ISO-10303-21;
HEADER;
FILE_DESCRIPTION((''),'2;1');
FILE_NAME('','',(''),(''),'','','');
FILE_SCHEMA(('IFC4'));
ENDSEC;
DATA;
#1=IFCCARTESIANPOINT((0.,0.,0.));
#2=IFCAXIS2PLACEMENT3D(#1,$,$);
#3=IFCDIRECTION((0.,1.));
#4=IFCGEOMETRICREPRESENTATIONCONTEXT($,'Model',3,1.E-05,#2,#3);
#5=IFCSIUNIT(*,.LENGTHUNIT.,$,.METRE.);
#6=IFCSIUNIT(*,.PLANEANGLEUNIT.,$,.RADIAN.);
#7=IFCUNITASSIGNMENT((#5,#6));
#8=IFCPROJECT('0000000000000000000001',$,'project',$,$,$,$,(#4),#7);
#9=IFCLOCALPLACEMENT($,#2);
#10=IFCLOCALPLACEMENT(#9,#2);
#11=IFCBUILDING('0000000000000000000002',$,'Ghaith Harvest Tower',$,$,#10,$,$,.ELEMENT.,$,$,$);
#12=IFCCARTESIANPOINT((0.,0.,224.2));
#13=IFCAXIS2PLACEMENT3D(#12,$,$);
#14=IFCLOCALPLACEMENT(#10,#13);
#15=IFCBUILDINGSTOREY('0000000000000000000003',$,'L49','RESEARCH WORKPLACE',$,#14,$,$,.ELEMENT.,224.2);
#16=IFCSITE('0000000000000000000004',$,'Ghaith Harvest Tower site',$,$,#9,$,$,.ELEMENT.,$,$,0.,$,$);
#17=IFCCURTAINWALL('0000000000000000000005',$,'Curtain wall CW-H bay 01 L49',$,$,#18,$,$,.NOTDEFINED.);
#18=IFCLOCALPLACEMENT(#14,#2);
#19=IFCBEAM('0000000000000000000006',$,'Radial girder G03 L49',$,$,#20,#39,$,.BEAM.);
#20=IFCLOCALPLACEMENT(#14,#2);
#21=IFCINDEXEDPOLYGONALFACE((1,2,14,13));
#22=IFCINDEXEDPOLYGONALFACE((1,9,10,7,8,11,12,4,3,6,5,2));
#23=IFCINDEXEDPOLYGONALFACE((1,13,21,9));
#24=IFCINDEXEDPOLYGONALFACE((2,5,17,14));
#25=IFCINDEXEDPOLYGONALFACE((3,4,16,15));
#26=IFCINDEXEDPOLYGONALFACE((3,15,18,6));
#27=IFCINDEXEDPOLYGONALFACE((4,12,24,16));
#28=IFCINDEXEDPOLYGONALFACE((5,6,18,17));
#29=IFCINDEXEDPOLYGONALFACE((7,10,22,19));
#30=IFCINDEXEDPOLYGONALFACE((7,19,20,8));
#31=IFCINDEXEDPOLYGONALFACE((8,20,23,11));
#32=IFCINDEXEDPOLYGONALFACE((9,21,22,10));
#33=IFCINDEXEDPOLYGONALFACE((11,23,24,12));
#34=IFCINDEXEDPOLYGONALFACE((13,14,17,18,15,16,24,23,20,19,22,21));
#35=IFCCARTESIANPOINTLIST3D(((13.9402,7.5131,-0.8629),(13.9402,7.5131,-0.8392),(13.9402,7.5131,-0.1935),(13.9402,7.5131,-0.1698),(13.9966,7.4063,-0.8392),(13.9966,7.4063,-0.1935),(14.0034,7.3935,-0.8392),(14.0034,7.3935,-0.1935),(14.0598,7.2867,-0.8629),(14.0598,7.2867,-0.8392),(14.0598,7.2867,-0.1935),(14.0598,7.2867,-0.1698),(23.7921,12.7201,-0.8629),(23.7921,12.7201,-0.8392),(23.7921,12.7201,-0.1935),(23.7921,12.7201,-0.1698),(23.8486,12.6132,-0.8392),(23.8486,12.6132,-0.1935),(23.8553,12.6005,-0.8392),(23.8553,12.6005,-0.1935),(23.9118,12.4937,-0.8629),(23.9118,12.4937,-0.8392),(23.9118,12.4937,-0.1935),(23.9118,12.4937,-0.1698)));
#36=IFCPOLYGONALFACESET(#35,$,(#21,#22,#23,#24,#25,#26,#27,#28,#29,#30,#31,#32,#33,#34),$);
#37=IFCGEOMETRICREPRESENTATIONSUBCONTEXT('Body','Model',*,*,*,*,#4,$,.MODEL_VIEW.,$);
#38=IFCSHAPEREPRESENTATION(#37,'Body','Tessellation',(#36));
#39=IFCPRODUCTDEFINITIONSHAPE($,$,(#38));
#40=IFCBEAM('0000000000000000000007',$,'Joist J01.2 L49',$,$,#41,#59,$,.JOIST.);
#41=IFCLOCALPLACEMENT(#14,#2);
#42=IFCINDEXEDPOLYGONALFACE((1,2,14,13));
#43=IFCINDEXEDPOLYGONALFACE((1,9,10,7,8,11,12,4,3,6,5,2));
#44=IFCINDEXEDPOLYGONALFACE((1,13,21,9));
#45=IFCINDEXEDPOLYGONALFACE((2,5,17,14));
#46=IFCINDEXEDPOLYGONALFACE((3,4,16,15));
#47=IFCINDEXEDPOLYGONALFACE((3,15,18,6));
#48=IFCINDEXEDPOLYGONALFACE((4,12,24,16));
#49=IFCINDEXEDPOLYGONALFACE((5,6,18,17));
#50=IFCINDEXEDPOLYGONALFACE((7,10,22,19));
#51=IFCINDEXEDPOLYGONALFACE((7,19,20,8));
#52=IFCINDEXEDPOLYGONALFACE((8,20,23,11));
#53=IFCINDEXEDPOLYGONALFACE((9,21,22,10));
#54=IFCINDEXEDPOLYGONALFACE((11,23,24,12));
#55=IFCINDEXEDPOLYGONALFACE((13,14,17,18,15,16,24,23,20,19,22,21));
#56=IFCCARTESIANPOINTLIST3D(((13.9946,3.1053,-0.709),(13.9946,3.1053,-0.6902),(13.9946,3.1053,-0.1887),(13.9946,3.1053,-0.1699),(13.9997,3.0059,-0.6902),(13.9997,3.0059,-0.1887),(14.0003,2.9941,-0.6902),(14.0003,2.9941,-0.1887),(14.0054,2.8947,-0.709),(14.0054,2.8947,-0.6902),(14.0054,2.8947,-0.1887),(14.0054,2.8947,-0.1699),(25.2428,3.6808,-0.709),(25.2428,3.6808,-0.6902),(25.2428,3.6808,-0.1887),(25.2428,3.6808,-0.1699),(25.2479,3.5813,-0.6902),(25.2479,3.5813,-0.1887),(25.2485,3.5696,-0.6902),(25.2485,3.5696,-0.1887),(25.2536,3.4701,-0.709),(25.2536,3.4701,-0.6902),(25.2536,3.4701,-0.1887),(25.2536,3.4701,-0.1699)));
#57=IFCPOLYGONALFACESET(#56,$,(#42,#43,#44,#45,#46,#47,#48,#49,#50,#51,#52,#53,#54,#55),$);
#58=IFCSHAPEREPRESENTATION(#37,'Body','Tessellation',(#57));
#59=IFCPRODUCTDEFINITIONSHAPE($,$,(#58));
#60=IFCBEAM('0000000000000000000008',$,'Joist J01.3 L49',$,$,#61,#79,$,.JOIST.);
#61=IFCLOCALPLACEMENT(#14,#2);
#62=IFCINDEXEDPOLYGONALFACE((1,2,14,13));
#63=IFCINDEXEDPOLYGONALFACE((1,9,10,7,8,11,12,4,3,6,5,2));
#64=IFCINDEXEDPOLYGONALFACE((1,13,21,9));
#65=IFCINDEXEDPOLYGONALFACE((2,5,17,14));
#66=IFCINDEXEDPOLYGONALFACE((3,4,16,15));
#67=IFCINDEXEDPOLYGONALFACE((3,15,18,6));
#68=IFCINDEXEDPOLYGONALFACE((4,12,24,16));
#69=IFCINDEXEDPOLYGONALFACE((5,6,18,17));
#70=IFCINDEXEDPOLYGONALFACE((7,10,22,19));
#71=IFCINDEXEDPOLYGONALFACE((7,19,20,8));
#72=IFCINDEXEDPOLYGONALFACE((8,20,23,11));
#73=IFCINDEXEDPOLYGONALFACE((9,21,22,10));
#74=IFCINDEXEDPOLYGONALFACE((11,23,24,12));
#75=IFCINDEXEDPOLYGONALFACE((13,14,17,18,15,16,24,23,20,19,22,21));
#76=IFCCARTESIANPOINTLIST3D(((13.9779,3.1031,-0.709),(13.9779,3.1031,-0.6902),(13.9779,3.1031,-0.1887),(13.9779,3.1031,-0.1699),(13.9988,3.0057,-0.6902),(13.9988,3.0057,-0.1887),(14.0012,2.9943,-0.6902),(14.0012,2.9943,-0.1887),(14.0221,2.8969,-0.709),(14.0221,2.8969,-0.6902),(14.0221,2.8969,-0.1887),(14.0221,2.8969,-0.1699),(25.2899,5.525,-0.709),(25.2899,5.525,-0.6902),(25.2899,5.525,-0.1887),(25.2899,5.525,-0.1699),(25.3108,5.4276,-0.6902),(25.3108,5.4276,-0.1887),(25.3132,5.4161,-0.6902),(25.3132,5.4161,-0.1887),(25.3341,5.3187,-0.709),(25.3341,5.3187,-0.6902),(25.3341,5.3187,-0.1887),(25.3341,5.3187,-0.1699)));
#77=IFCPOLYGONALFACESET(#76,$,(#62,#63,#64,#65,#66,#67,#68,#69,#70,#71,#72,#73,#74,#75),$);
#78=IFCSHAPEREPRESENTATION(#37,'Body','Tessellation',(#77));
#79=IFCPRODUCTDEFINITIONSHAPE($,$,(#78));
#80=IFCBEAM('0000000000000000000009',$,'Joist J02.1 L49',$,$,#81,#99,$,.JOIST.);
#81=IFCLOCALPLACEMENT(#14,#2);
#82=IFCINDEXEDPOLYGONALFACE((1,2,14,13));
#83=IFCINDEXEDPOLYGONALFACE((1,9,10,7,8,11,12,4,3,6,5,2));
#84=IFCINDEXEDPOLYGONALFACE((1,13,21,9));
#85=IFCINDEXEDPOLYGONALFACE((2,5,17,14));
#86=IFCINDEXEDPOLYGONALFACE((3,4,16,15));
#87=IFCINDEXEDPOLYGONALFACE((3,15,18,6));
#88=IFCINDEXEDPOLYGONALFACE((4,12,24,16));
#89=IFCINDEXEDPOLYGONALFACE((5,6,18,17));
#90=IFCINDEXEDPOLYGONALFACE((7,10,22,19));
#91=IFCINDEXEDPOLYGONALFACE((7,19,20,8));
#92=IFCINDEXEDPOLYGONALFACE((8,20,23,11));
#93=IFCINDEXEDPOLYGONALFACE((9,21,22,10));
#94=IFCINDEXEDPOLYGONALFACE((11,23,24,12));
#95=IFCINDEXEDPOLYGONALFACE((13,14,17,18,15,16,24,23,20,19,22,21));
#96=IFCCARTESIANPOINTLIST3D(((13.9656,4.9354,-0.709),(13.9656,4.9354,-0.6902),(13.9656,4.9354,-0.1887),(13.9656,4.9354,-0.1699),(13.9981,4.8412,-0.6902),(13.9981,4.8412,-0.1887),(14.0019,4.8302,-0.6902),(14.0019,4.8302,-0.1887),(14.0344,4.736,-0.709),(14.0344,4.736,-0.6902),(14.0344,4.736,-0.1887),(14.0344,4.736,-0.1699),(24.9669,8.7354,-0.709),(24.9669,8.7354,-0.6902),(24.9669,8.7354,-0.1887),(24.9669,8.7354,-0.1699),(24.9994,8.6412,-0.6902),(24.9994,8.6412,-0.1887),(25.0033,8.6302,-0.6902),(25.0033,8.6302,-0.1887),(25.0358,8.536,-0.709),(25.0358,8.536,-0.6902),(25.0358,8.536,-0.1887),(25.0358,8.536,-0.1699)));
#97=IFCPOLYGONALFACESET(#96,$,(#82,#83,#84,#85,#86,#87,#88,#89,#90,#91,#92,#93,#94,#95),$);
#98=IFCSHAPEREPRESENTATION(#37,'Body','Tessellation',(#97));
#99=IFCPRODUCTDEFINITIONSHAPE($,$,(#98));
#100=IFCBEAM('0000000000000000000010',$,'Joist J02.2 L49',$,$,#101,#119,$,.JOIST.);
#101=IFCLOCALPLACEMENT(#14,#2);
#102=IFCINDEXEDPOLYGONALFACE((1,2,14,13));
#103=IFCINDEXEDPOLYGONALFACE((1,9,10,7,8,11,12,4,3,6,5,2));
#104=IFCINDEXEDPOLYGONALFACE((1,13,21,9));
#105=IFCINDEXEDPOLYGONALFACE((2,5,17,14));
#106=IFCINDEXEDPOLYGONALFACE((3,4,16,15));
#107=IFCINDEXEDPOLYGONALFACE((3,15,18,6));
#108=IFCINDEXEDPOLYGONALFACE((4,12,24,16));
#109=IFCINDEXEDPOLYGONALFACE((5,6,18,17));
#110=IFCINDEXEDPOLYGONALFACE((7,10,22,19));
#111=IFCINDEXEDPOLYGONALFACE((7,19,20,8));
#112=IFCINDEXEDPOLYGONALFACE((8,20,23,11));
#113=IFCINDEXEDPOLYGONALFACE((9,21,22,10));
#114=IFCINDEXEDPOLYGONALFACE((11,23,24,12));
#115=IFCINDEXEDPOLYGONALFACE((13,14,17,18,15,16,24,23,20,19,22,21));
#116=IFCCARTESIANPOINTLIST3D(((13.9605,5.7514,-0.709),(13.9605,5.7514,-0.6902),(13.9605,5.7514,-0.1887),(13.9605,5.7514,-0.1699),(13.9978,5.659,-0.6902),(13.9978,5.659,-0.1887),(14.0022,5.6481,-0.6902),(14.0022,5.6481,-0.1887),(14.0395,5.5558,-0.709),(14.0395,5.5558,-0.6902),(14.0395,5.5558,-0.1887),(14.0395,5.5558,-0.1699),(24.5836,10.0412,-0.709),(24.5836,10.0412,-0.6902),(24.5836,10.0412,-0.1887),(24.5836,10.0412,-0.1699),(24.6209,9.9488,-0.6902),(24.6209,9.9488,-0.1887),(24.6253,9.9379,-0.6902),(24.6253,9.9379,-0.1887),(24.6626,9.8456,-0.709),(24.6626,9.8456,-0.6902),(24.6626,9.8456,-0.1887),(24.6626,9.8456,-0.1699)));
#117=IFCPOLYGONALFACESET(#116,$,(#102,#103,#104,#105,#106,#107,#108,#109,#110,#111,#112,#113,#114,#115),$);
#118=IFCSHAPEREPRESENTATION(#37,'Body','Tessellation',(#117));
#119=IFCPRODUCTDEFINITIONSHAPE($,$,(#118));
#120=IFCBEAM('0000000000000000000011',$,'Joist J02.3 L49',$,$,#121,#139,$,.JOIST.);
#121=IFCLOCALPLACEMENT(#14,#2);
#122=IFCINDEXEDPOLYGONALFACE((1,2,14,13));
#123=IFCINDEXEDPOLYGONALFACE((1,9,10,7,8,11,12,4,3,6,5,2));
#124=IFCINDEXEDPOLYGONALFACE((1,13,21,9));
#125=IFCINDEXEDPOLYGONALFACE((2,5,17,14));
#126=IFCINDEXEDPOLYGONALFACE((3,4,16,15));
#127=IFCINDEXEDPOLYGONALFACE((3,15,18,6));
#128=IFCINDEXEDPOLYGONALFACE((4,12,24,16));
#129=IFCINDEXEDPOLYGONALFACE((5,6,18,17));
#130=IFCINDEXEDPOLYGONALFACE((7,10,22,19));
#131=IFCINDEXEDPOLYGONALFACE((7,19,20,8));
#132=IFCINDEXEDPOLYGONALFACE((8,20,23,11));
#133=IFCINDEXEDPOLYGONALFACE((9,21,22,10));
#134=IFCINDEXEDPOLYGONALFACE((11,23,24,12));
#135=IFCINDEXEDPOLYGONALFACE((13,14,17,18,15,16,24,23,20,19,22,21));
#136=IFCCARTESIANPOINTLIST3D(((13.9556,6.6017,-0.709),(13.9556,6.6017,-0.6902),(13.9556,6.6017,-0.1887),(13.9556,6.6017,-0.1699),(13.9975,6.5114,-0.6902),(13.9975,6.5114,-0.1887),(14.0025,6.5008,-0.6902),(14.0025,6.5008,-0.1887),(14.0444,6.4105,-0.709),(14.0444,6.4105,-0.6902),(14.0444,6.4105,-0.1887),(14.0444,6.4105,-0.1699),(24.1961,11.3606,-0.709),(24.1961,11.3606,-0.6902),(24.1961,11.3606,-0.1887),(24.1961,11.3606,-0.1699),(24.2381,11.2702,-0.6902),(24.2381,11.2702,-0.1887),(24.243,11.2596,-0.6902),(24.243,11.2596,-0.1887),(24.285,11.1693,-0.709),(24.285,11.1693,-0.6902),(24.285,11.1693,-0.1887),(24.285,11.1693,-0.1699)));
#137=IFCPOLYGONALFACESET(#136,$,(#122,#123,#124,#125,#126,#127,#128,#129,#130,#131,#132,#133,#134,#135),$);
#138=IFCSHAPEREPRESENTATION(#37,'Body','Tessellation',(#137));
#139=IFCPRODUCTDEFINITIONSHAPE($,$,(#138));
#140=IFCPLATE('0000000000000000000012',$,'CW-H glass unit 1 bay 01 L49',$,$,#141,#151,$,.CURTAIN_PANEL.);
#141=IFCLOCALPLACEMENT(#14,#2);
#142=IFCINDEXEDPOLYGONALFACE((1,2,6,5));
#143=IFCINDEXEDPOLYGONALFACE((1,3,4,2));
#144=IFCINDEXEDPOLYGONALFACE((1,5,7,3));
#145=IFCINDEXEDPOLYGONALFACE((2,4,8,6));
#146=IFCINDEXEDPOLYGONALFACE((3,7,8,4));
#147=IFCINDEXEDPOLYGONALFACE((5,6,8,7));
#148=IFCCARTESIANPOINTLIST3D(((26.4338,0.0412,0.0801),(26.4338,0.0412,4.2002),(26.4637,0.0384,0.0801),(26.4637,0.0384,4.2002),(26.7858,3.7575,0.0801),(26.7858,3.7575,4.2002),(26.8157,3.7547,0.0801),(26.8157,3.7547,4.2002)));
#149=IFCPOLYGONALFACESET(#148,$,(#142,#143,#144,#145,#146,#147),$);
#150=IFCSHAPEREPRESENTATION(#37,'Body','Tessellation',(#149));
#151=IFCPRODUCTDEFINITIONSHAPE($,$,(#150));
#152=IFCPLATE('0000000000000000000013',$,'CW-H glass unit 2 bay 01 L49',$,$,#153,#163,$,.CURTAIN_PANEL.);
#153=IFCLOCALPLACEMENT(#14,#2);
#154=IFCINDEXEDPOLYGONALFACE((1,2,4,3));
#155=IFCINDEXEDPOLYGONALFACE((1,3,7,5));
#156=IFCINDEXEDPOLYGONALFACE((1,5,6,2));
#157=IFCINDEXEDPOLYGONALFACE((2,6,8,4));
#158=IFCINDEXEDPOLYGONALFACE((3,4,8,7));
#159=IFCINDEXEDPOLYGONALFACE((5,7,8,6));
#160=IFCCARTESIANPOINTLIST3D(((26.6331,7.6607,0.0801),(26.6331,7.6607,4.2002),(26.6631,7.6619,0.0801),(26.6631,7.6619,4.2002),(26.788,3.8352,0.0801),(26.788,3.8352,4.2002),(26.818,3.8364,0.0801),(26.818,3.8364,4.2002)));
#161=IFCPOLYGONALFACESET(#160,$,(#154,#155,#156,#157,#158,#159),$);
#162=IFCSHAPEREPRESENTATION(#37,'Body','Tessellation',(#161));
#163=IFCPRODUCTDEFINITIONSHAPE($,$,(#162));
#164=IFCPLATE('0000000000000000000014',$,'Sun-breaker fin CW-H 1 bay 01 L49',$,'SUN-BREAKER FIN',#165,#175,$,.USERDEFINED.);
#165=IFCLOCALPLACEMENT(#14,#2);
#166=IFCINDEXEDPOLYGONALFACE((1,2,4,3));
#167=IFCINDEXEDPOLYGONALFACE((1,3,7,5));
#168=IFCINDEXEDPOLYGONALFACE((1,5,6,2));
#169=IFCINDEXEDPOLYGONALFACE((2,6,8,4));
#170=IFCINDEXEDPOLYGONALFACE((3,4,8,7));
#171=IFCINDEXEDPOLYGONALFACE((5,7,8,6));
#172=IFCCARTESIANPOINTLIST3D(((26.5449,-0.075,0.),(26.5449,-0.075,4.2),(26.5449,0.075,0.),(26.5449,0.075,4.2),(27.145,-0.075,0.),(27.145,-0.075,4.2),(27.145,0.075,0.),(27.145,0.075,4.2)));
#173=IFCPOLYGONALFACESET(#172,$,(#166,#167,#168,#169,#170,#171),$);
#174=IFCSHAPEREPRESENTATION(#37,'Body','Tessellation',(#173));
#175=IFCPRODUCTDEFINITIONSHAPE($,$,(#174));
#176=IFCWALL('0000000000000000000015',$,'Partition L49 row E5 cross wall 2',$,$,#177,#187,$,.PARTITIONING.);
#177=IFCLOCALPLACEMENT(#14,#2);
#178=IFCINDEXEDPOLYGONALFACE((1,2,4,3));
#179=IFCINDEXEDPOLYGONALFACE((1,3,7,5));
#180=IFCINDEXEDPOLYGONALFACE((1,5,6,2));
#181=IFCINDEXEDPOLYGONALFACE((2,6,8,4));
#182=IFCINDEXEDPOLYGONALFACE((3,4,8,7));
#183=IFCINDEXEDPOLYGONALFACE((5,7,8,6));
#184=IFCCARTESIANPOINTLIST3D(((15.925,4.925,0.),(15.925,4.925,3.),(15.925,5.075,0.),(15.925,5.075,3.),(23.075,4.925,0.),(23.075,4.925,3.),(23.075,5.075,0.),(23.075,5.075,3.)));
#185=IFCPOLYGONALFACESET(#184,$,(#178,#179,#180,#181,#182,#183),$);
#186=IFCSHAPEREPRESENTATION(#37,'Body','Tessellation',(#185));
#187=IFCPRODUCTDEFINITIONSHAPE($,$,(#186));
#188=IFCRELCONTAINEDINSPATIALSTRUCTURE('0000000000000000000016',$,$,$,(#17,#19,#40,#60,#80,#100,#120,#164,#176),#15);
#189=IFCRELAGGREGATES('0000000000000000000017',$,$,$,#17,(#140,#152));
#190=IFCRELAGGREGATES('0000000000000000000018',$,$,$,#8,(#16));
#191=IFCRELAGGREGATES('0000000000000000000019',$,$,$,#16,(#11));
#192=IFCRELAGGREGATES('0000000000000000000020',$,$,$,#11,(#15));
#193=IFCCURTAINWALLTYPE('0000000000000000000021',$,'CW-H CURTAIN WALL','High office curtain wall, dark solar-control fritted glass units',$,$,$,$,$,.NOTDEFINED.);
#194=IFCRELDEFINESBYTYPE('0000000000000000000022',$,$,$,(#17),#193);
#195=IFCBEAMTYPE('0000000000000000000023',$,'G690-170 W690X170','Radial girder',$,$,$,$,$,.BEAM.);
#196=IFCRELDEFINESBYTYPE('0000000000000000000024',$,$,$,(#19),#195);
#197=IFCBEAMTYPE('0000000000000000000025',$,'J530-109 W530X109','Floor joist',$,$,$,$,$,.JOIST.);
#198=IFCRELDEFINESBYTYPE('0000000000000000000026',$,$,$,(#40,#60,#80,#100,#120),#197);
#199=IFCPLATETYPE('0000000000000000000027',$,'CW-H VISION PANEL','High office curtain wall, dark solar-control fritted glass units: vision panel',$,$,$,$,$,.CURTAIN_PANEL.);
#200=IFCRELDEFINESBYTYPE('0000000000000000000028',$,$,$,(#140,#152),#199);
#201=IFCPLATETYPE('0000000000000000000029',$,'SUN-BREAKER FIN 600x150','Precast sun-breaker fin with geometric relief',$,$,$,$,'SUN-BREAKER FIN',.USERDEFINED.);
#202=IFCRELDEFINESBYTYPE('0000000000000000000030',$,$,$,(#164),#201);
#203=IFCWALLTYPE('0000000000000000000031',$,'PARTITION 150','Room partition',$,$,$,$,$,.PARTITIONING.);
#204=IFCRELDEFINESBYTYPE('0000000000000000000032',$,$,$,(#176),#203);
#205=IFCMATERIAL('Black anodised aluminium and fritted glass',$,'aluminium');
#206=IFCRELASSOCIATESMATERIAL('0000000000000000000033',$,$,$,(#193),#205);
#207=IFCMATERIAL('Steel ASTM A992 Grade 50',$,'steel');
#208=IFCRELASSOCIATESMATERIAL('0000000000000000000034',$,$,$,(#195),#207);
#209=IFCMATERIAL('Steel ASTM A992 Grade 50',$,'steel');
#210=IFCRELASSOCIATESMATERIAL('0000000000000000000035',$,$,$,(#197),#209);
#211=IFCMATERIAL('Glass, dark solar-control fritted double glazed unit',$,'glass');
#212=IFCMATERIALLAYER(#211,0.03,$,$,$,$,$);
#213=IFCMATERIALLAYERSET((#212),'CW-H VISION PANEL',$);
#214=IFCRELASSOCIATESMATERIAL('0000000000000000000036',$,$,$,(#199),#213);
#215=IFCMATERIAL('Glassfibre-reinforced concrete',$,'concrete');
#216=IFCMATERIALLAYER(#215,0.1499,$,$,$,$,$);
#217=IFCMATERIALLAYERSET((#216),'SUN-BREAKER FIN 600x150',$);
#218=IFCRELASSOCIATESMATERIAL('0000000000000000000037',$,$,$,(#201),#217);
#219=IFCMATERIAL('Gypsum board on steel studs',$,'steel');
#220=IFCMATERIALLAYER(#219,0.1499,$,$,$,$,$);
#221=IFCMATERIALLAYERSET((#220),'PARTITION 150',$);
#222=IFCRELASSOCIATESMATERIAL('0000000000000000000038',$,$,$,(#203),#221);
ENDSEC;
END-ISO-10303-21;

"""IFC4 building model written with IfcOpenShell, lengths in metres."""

from ifc_helpers import new_model, si_unit, direction, frame, frame_2d, origin, origin_2d, place, context, subcontext, project, spatial, rectangle, i_section, extrude, material, layer, layer_set, material_profile, profile_set, type_object, element, aggregate, save


model = new_model("IFC4")

# Units and contexts
model_context = context("Model", 3, precision=1e-05, world=origin(), true_north=direction((0.0, 1.0)))
body_context = subcontext(model_context, "Body", "Model", "MODEL_VIEW")
ifc_project = project(units=[si_unit("LENGTHUNIT", "METRE"), si_unit("PLANEANGLEUNIT", "RADIAN")], contexts=[model_context])

# Site, building, storey
site_placement = place(None, origin())
site = spatial("IfcSite", under=ifc_project, at=site_placement, Name="Ghaith Harvest Tower site", CompositionType="ELEMENT", RefElevation=0.0)
building_placement = place(site_placement, origin())
building = spatial("IfcBuilding", under=site, at=building_placement, Name="Ghaith Harvest Tower", CompositionType="ELEMENT")
storey_placement = place(building_placement, frame((0.0, 0.0, 224.2)))
storey = spatial("IfcBuildingStorey", under=building, at=storey_placement, Name="L49", Description="RESEARCH WORKPLACE", CompositionType="ELEMENT", Elevation=224.2)

# Curtain wall
ifc_material_1 = material(Name="Black anodised aluminium and fritted glass", Category="aluminium")
curtain_wall_type = type_object("IfcCurtainWallType", Name="CW-H CURTAIN WALL", Description="High office curtain wall, dark solar-control fritted glass units", PredefinedType="NOTDEFINED", material=ifc_material_1)
curtain_wall_1_placement = place(storey_placement, origin())
curtain_wall_1 = element("IfcCurtainWall", 1, at=curtain_wall_1_placement, inside=storey, type_object=curtain_wall_type, Name="Curtain wall CW-H bay 01 L49", PredefinedType="NOTDEFINED")

# Beams
ifc_material_2 = material(Name="Steel ASTM A992 Grade 50", Category="steel")
ifc_material_profile_1 = material_profile(ifc_material_2, i_section(OverallWidth=0.2561, OverallDepth=0.6931, WebThickness=0.0144, FlangeThickness=0.0237, at=origin_2d()), Name="W690X170")
ifc_profile_set_1 = profile_set([ifc_material_profile_1], Name="Steel ASTM A992 Grade 50")
beam_type_1 = type_object("IfcBeamType", Name="G690-170 W690X170", Description="Radial girder", PredefinedType="BEAM", material=ifc_profile_set_1)
beam_1_placement = place(storey_placement, frame((14.0, 7.3999, -0.5164), z_axis=(0.884113, 0.467274, 0.0), x_axis=(-0.467274, 0.884113, 0.0)))
element("IfcBeam", 2, at=beam_1_placement, inside=storey, type_object=beam_type_1, Name="Radial girder G03 L49", PredefinedType="BEAM", context=body_context, shape_type="SweptSolid", body=[
    extrude(i_section(OverallWidth=0.2561, OverallDepth=0.6931, WebThickness=0.0144, FlangeThickness=0.0237, at=origin_2d()), origin(), (0.0, 0.0, 1.0), 11.1433),
])
ifc_material_3 = material(Name="Steel ASTM A992 Grade 50", Category="steel")
ifc_material_profile_2 = material_profile(ifc_material_3, i_section(OverallWidth=0.2109, OverallDepth=0.5391, WebThickness=0.0117, FlangeThickness=0.0188, at=origin_2d()), Name="W530X109")
ifc_profile_set_2 = profile_set([ifc_material_profile_2], Name="Steel ASTM A992 Grade 50")
beam_type_2 = type_object("IfcBeamType", Name="J530-109 W530X109", Description="Floor joist", PredefinedType="JOIST", material=ifc_profile_set_2)
beam_2_placement = place(storey_placement, frame((14.0, 3.0, -0.4395), z_axis=(0.998694, 0.051091, 0.0), x_axis=(-0.051091, 0.998694, 0.0)))
element("IfcBeam", 3, at=beam_2_placement, inside=storey, type_object=beam_type_2, Name="Joist J01.2 L49", PredefinedType="JOIST", context=body_context, shape_type="SweptSolid", body=[
    extrude(i_section(OverallWidth=0.2109, OverallDepth=0.5391, WebThickness=0.0117, FlangeThickness=0.0188, at=origin_2d()), origin(), (0.0, 0.0, 1.0), 11.2629),
])
beam_3_placement = place(storey_placement, frame((14.0, 3.0, -0.4395), z_axis=(0.97784, 0.209353, 0.0), x_axis=(-0.209353, 0.97784, 0.0)))
element("IfcBeam", 4, at=beam_3_placement, inside=storey, type_object=beam_type_2, Name="Joist J01.3 L49", PredefinedType="JOIST", context=body_context, shape_type="SweptSolid", body=[
    extrude(i_section(OverallWidth=0.2109, OverallDepth=0.5391, WebThickness=0.0117, FlangeThickness=0.0188, at=origin_2d()), origin(), (0.0, 0.0, 1.0), 11.5684),
])
beam_4_placement = place(storey_placement, frame((14.0, 4.8357, -0.4395), z_axis=(0.945202, 0.326485, 0.0), x_axis=(-0.326485, 0.945202, 0.0)))
element("IfcBeam", 5, at=beam_4_placement, inside=storey, type_object=beam_type_2, Name="Joist J02.1 L49", PredefinedType="JOIST", context=body_context, shape_type="SweptSolid", body=[
    extrude(i_section(OverallWidth=0.2109, OverallDepth=0.5391, WebThickness=0.0117, FlangeThickness=0.0188, at=origin_2d()), origin(), (0.0, 0.0, 1.0), 11.6392),
])
beam_5_placement = place(storey_placement, frame((14.0, 5.6536, -0.4395), z_axis=(0.92725, 0.374442, 0.0), x_axis=(-0.374442, 0.92725, 0.0)))
element("IfcBeam", 6, at=beam_5_placement, inside=storey, type_object=beam_type_2, Name="Joist J02.2 L49", PredefinedType="JOIST", context=body_context, shape_type="SweptSolid", body=[
    extrude(i_section(OverallWidth=0.2109, OverallDepth=0.5391, WebThickness=0.0117, FlangeThickness=0.0188, at=origin_2d()), origin(), (0.0, 0.0, 1.0), 11.4565),
])
beam_6_placement = place(storey_placement, frame((14.0, 6.5061, -0.4395), z_axis=(0.906864, 0.421423, 0.0), x_axis=(-0.421423, 0.906864, 0.0)))
element("IfcBeam", 7, at=beam_6_placement, inside=storey, type_object=beam_type_2, Name="Joist J02.3 L49", PredefinedType="JOIST", context=body_context, shape_type="SweptSolid", body=[
    extrude(i_section(OverallWidth=0.2109, OverallDepth=0.5391, WebThickness=0.0117, FlangeThickness=0.0188, at=origin_2d()), origin(), (0.0, 0.0, 1.0), 11.2922),
])

# Plates
ifc_material_4 = material(Name="Glass, dark solar-control fritted double glazed unit", Category="glass")
ifc_layer_1 = layer(ifc_material_4, 0.03)
ifc_layer_set_1 = layer_set([ifc_layer_1], Name="CW-H VISION PANEL")
plate_type_1 = type_object("IfcPlateType", Name="CW-H VISION PANEL", Description="High office curtain wall, dark solar-control fritted glass units: vision panel", PredefinedType="CURTAIN_PANEL", material=ifc_layer_set_1)
plate_1_placement = place(storey_placement, frame((26.6248, 1.8979, 0.0801), z_axis=(0.0, 0.0, 1.0), x_axis=(0.094302, 0.995544, 0.0)))
plate_1 = element("IfcPlate", 8, at=plate_1_placement, type_object=plate_type_1, Name="CW-H glass unit 1 bay 01 L49", PredefinedType="CURTAIN_PANEL", context=body_context, shape_type="SweptSolid", body=[
    extrude(rectangle(XDim=3.7329, YDim=0.03, at=origin_2d()), origin(), (0.0, 0.0, 1.0), 4.1201),
])
plate_2_placement = place(storey_placement, frame((26.7256, 5.7485, 0.0801), z_axis=(0.0, 0.0, 1.0), x_axis=(-0.040462, 0.999181, 0.0)))
plate_2 = element("IfcPlate", 9, at=plate_2_placement, type_object=plate_type_1, Name="CW-H glass unit 2 bay 01 L49", PredefinedType="CURTAIN_PANEL", context=body_context, shape_type="SweptSolid", body=[
    extrude(rectangle(XDim=3.8286, YDim=0.03, at=origin_2d()), origin(), (0.0, 0.0, 1.0), 4.1201),
])
aggregate(curtain_wall_1, [plate_1, plate_2])
ifc_material_5 = material(Name="Glassfibre-reinforced concrete", Category="concrete")
ifc_layer_2 = layer(ifc_material_5, 0.1499)
ifc_layer_set_2 = layer_set([ifc_layer_2], Name="SUN-BREAKER FIN 600x150")
plate_type_2 = type_object("IfcPlateType", Name="SUN-BREAKER FIN 600x150", Description="Precast sun-breaker fin with geometric relief", ElementType="SUN-BREAKER FIN", PredefinedType="USERDEFINED", material=ifc_layer_set_2)
plate_3_placement = place(storey_placement, frame((26.845, 0.0, 0.0), z_axis=(0.0, 0.0, 1.0), x_axis=(1.0, 0.0, 0.0)))
element("IfcPlate", 10, at=plate_3_placement, inside=storey, type_object=plate_type_2, Name="Sun-breaker fin CW-H 1 bay 01 L49", ObjectType="SUN-BREAKER FIN", PredefinedType="USERDEFINED", context=body_context, shape_type="SweptSolid", body=[
    extrude(rectangle(XDim=0.6001, YDim=0.1499, at=origin_2d()), origin(), (0.0, 0.0, 1.0), 4.2),
])

# Wall
ifc_material_6 = material(Name="Gypsum board on steel studs", Category="steel")
ifc_layer_3 = layer(ifc_material_6, 0.1499)
ifc_layer_set_3 = layer_set([ifc_layer_3], Name="PARTITION 150")
wall_type = type_object("IfcWallType", Name="PARTITION 150", Description="Room partition", PredefinedType="PARTITIONING", material=ifc_layer_set_3)
wall_1_placement = place(storey_placement, frame((15.925, 5.0, 0.0), z_axis=(0.0, 0.0, 1.0), x_axis=(1.0, 0.0, 0.0)))
element("IfcWall", 11, at=wall_1_placement, inside=storey, type_object=wall_type, Name="Partition L49 row E5 cross wall 2", PredefinedType="PARTITIONING", context=body_context, shape_type="SweptSolid", body=[
    extrude(rectangle(XDim=7.1499, YDim=0.1499, at=frame_2d((3.575, 0.0))), origin(), (0.0, 0.0, 1.0), 3.0),
])

save(model, "model.ifc")
